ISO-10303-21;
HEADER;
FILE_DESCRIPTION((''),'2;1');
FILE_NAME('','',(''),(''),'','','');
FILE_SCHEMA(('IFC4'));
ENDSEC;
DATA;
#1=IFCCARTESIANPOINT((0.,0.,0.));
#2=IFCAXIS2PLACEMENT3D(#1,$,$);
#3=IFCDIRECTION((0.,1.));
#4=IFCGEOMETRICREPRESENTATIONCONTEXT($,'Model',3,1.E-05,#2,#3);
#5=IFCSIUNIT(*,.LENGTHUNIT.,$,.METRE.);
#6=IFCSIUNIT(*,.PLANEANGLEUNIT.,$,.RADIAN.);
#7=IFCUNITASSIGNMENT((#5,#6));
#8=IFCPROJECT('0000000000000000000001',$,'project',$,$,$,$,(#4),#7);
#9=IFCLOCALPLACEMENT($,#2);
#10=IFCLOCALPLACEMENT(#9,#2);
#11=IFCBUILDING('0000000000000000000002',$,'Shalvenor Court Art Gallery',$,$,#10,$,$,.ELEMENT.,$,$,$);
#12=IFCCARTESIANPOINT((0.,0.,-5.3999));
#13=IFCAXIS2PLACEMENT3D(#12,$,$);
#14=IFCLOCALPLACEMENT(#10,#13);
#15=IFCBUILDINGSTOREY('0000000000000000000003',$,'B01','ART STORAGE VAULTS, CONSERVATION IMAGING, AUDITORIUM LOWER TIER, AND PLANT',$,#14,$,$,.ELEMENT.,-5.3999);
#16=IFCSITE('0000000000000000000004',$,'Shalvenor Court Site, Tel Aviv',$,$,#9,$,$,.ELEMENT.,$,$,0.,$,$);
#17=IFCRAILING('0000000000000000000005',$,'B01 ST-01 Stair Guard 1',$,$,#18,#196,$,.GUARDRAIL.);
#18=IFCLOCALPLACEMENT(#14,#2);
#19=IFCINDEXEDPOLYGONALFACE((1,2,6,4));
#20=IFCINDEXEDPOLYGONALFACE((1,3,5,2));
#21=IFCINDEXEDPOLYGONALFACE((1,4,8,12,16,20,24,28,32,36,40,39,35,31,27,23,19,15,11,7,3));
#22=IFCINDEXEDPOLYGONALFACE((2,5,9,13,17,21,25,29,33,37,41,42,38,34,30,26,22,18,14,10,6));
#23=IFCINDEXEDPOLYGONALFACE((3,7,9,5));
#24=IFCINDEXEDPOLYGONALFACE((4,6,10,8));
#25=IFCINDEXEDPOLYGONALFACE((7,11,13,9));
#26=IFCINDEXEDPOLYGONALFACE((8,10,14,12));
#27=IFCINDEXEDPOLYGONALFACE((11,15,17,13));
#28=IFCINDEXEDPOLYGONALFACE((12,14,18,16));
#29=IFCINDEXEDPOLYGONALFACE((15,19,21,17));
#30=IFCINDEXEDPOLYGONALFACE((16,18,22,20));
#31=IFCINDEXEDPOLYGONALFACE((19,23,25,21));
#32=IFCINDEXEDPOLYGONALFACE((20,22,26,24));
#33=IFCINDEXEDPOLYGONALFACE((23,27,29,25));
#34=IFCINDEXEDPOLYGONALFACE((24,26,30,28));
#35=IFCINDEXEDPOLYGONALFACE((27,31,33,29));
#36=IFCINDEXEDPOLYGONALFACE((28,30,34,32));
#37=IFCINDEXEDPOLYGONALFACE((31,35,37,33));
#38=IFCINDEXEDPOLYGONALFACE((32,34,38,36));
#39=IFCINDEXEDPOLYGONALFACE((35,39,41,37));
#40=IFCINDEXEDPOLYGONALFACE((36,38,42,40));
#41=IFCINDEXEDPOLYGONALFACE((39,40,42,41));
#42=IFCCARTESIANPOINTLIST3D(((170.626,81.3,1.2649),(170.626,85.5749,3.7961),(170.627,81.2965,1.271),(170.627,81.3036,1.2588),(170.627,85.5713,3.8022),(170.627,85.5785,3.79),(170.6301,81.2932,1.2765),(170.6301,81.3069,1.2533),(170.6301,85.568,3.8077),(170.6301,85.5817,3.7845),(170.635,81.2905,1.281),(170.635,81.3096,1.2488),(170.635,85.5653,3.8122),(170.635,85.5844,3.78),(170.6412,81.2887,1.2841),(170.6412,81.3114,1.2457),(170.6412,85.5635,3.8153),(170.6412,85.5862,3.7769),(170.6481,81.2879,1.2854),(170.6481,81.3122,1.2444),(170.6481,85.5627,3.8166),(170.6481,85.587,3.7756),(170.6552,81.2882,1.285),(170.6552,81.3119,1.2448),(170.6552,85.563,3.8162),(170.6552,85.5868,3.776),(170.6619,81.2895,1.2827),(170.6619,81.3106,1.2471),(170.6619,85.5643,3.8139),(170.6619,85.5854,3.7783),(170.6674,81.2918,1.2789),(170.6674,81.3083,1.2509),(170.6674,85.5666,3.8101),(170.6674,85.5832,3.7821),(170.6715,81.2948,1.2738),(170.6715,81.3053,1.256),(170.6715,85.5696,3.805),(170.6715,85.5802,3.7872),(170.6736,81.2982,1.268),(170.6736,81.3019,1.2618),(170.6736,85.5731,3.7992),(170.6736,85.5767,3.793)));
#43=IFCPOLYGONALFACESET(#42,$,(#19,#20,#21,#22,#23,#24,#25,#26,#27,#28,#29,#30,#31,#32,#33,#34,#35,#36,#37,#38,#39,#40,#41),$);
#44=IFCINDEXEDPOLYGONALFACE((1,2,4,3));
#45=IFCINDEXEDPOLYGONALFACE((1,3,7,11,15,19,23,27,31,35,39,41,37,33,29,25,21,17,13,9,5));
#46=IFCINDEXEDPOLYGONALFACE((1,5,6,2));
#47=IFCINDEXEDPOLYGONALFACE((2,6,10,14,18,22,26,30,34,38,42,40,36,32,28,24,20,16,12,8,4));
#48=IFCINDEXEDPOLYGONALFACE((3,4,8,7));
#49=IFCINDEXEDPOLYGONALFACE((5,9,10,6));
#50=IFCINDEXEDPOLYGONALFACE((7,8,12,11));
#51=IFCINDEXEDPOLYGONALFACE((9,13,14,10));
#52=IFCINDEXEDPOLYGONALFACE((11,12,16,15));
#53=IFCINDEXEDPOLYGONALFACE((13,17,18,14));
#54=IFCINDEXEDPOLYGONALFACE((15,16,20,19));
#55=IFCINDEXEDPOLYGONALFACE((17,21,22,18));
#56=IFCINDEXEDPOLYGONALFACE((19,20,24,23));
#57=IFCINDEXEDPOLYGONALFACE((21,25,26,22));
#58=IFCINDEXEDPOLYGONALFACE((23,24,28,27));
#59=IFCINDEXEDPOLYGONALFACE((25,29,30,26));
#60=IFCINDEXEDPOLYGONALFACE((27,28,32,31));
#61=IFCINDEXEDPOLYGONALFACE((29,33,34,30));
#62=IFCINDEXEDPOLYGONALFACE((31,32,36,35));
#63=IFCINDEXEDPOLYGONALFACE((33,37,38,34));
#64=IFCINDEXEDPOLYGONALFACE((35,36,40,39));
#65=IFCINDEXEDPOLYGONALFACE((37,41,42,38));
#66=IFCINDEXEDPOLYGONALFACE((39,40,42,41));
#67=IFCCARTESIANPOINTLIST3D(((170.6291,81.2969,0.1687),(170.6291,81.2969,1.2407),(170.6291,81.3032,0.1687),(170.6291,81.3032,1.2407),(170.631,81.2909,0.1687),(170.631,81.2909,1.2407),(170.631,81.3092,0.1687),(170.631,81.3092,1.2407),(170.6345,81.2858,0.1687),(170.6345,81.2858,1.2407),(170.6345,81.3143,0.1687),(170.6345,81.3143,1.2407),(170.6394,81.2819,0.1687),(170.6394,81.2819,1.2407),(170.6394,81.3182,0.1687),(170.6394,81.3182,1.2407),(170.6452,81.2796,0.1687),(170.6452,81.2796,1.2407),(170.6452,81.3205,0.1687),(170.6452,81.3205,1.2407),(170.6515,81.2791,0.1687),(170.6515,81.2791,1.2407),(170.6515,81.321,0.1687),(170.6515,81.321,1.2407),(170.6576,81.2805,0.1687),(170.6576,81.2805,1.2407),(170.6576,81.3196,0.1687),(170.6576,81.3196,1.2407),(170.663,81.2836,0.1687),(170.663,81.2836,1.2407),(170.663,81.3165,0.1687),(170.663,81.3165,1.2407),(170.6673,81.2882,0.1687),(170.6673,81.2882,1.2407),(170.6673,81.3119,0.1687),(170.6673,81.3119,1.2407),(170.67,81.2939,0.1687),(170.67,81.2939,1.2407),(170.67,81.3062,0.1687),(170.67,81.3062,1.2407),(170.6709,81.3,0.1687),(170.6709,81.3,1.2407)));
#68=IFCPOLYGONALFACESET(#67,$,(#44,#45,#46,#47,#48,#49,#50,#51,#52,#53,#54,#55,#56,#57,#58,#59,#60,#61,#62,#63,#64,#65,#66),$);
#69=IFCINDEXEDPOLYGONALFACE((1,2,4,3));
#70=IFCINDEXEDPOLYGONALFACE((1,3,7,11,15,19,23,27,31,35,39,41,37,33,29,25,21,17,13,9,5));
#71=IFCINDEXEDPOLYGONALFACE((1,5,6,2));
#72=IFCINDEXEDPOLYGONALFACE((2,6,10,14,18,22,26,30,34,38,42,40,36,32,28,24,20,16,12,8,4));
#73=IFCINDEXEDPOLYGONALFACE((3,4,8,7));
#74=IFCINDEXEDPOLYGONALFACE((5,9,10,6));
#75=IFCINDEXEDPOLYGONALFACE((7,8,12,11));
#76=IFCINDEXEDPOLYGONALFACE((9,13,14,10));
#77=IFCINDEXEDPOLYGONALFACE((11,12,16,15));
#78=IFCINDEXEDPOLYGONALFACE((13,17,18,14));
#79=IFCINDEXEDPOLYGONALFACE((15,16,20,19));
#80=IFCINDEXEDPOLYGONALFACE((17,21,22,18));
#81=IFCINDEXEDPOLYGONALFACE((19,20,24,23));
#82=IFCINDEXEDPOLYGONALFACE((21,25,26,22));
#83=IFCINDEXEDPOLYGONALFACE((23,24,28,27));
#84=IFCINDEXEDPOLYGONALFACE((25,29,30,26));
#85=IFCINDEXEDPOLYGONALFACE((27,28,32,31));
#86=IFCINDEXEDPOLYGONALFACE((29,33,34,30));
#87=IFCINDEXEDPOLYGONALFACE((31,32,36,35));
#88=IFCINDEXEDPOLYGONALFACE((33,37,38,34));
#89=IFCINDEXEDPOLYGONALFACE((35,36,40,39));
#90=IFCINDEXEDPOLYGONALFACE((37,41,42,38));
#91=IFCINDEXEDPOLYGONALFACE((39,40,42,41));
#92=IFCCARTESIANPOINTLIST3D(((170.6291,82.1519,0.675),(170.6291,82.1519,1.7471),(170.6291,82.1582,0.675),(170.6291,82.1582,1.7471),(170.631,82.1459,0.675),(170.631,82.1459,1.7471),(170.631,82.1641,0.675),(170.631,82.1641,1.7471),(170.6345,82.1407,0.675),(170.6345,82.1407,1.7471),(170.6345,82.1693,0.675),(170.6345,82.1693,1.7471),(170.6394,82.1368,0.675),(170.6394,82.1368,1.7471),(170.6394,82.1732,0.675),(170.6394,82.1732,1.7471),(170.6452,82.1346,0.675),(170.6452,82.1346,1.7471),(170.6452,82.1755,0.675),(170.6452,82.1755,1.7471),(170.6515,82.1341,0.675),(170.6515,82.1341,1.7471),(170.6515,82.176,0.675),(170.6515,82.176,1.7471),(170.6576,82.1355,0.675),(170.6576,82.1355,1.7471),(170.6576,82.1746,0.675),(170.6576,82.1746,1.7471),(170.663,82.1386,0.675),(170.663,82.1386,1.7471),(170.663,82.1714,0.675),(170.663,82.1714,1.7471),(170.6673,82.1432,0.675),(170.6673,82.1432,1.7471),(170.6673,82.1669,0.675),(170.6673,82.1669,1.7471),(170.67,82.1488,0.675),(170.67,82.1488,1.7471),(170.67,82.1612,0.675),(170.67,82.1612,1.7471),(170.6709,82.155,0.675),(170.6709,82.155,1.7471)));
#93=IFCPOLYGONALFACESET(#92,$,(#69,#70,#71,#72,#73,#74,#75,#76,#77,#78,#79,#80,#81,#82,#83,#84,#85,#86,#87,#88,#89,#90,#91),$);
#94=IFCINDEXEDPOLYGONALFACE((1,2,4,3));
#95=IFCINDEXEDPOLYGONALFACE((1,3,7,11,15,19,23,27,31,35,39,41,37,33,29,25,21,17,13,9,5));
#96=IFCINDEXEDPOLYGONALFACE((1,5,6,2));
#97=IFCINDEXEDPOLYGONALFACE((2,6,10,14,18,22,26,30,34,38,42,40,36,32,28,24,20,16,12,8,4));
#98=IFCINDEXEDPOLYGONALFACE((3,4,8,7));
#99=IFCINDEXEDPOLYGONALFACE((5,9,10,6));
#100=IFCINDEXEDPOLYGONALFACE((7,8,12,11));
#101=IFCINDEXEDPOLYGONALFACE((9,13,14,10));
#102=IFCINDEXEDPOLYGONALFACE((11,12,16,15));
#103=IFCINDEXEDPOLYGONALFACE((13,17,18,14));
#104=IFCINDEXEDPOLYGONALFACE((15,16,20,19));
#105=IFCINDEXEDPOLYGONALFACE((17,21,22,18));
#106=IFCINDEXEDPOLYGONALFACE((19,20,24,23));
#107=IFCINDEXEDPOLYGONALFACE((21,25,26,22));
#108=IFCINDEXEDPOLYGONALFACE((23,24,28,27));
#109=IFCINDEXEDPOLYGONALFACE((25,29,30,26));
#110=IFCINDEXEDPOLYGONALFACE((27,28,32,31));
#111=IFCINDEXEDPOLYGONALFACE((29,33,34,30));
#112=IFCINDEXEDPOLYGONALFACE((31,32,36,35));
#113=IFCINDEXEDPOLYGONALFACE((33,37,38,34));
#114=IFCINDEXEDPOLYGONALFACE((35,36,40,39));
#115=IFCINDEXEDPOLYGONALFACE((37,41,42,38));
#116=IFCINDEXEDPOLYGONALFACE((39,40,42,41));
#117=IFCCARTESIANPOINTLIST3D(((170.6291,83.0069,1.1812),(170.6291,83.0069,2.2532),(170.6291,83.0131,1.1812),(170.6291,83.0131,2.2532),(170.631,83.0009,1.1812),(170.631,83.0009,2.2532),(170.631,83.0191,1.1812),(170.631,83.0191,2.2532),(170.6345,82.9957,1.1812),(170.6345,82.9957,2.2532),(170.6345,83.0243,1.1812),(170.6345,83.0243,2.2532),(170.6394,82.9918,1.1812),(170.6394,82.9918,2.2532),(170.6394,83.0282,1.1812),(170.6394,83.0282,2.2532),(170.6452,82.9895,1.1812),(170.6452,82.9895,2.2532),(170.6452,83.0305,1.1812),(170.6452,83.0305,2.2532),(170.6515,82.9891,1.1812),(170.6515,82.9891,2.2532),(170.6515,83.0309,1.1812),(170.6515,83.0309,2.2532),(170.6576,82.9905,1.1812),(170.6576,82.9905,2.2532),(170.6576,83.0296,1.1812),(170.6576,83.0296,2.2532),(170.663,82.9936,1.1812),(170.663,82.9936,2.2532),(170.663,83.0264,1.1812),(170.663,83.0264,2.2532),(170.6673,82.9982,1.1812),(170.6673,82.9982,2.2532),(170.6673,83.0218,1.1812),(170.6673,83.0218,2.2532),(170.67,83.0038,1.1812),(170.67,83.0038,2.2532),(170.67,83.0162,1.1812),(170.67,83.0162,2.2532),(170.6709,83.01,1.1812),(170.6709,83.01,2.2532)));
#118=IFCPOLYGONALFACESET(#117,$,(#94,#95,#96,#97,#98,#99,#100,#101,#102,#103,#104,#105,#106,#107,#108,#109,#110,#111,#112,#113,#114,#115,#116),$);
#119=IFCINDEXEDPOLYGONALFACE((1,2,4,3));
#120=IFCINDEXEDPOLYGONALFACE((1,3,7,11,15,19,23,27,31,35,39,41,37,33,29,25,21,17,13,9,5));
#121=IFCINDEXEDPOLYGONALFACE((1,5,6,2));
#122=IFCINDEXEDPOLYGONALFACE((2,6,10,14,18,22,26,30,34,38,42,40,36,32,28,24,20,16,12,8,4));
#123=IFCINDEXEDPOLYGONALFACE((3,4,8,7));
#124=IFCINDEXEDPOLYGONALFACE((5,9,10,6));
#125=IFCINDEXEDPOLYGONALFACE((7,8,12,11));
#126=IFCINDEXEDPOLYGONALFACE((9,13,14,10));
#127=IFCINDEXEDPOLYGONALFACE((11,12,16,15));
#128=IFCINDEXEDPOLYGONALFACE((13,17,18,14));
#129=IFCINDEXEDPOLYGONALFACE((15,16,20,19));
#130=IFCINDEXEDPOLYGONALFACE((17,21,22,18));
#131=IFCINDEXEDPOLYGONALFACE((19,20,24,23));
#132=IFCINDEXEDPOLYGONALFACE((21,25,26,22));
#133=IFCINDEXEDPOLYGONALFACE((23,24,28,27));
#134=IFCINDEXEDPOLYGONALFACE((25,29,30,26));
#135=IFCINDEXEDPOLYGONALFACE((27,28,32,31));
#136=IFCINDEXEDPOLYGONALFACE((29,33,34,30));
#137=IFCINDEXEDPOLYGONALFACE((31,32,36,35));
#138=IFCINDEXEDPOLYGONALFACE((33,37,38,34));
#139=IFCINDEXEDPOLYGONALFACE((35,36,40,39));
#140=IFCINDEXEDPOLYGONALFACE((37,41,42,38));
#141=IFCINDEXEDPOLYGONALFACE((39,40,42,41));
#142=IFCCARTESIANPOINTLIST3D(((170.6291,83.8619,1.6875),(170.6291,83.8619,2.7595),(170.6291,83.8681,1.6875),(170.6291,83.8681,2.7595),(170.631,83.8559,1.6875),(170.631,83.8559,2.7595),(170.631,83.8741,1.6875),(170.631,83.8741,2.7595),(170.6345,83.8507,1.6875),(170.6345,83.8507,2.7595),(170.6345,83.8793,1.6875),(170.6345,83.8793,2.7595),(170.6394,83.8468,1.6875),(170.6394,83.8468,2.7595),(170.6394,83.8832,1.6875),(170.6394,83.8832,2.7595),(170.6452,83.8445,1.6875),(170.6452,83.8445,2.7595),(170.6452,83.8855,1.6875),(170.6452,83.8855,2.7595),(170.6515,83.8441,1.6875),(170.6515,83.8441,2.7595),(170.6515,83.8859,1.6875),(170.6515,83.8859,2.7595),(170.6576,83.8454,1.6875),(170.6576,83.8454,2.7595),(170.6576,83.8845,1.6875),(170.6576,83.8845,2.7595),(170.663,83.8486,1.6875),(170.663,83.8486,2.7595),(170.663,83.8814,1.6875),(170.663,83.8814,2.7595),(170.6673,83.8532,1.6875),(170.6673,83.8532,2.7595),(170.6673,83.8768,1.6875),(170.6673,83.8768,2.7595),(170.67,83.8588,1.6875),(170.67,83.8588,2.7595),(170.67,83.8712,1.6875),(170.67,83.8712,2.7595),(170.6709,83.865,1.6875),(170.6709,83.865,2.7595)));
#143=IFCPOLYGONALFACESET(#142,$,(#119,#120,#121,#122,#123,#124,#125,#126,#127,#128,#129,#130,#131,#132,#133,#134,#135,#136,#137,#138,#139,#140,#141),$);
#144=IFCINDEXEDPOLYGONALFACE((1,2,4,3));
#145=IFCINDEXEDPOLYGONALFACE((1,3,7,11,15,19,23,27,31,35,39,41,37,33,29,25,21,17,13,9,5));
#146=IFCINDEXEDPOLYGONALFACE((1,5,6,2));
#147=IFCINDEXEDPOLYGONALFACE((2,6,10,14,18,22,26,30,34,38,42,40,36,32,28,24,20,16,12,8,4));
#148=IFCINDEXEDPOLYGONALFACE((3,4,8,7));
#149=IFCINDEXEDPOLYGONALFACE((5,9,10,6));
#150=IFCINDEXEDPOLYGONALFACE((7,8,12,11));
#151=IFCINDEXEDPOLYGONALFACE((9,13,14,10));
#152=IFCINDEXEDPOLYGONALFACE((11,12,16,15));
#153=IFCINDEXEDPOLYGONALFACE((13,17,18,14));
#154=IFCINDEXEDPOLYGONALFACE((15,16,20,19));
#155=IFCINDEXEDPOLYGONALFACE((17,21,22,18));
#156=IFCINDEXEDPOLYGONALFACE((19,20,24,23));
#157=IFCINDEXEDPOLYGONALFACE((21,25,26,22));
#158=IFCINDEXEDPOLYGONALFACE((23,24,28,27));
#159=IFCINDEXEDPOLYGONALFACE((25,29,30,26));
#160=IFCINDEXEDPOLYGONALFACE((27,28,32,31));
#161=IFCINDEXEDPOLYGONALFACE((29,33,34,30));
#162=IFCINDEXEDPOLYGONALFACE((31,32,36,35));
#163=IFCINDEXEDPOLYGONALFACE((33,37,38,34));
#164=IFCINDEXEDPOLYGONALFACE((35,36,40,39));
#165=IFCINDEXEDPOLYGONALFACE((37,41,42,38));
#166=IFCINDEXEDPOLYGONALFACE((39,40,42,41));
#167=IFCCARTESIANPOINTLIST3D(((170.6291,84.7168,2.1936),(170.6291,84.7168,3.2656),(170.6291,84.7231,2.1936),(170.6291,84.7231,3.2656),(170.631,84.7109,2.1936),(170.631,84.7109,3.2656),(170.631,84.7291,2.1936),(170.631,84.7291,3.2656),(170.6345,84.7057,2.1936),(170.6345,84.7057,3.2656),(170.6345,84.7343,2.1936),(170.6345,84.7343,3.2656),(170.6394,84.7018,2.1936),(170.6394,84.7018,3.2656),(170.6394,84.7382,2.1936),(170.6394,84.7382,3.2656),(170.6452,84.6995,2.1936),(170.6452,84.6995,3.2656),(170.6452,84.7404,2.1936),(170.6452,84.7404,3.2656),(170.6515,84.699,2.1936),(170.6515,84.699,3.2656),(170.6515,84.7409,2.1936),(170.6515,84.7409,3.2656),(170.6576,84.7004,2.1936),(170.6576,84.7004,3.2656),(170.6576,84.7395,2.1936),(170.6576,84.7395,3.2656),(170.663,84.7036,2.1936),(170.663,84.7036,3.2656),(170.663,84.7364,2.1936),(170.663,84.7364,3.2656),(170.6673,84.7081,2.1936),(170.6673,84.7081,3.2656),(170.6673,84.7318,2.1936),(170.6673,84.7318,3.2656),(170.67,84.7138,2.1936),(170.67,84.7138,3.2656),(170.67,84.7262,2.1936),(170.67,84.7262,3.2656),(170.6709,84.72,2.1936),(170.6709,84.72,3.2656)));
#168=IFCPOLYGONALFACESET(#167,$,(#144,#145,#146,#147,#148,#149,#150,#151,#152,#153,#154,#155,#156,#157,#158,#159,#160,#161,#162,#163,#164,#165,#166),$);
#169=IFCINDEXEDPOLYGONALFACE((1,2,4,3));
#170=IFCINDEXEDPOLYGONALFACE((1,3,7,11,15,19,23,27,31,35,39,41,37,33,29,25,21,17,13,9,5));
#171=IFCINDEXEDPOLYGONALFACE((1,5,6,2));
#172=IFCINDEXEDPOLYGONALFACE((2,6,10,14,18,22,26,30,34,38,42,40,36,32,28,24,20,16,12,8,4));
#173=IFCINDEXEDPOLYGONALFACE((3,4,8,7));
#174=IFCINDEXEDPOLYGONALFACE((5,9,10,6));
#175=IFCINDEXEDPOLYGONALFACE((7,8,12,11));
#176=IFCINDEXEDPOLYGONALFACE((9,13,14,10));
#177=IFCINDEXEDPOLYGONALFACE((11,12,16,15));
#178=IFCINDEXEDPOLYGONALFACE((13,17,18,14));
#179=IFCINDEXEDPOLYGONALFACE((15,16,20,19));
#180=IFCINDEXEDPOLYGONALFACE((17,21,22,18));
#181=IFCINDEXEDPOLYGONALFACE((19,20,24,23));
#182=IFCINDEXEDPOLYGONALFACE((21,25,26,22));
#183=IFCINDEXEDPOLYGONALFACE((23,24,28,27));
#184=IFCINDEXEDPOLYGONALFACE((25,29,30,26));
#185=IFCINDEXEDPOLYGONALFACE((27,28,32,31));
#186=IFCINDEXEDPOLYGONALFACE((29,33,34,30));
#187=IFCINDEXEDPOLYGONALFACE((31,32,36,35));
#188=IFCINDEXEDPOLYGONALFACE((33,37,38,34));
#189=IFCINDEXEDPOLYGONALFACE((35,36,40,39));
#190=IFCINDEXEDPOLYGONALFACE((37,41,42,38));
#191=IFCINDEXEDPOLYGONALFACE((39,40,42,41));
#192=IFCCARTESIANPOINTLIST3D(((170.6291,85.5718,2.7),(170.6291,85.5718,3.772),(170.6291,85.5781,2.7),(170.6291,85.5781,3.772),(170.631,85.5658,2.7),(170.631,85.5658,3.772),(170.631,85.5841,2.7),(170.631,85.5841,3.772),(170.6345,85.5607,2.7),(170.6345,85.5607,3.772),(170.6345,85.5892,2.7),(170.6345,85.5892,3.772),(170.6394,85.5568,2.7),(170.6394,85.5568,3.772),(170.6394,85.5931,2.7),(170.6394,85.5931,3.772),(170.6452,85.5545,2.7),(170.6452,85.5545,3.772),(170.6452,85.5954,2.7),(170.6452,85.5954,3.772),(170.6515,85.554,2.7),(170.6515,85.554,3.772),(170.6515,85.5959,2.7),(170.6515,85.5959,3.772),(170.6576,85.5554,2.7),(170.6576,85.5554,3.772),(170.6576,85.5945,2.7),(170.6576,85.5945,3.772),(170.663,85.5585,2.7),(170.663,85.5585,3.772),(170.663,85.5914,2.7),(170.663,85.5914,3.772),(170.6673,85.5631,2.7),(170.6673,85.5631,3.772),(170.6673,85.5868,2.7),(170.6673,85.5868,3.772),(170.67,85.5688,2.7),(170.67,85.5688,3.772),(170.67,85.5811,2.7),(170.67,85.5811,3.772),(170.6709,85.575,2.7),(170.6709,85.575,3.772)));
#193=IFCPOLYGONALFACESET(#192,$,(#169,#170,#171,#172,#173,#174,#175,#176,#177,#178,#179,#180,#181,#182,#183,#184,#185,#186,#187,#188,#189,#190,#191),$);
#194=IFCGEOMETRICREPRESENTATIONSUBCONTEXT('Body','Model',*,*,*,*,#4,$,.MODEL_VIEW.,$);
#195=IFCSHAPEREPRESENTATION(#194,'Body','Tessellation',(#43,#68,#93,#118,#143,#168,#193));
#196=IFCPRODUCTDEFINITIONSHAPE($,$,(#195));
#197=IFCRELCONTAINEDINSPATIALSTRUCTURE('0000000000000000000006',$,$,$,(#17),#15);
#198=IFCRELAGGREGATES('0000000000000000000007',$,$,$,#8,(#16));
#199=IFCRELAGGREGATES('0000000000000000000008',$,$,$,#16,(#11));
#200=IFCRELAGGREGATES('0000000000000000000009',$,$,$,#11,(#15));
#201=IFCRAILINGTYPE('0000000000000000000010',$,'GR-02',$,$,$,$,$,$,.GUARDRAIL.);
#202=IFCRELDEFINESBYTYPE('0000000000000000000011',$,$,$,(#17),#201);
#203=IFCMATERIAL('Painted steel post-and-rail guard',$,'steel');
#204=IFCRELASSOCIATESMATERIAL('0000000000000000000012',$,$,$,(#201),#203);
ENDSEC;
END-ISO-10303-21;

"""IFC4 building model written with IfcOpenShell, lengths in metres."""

from ifc_helpers import new_model, si_unit, direction, frame, origin, origin_2d, place, context, subcontext, project, spatial, circle, extrude, material, type_object, element, save


model = new_model("IFC4")

# Units and contexts
model_context = context("Model", 3, precision=1e-05, world=origin(), true_north=direction((0.0, 1.0)))
body_context = subcontext(model_context, "Body", "Model", "MODEL_VIEW")
ifc_project = project(units=[si_unit("LENGTHUNIT", "METRE"), si_unit("PLANEANGLEUNIT", "RADIAN")], contexts=[model_context])

# Site, building, storey
site_placement = place(None, origin())
site = spatial("IfcSite", under=ifc_project, at=site_placement, Name="Shalvenor Court Site, Tel Aviv", CompositionType="ELEMENT", RefElevation=0.0)
building_placement = place(site_placement, origin())
building = spatial("IfcBuilding", under=site, at=building_placement, Name="Shalvenor Court Art Gallery", CompositionType="ELEMENT")
storey_placement = place(building_placement, frame((0.0, 0.0, -5.3999)))
storey = spatial("IfcBuildingStorey", under=building, at=storey_placement, Name="B01", Description="ART STORAGE VAULTS, CONSERVATION IMAGING, AUDITORIUM LOWER TIER, AND PLANT", CompositionType="ELEMENT", Elevation=-5.3999)

# Railing
ifc_material_1 = material(Name="Painted steel post-and-rail guard", Category="steel")
railing_type = type_object("IfcRailingType", Name="GR-02", PredefinedType="GUARDRAIL", material=ifc_material_1)
railing_1_placement = place(storey_placement, frame((170.6499, 81.3, 0.1687)))
element("IfcRailing", 1, at=railing_1_placement, inside=storey, type_object=railing_type, Name="B01 ST-01 Stair Guard 1", PredefinedType="GUARDRAIL", context=body_context, shape_type="SweptSolid", body=[
    extrude(circle(Radius=0.0239, at=origin_2d()), frame((0.0, 0.0, 1.0962), z_axis=(0.0, 0.86047, 0.509501), x_axis=(-1.0, 0.0, 0.0)), (0.0, 0.0, 1.0), 4.968),
    extrude(circle(Radius=0.021, at=origin_2d()), origin(), (0.0, 0.0, 1.0), 1.072),
    extrude(circle(Radius=0.021, at=origin_2d()), frame((0.0, 0.855, 0.5063)), (0.0, 0.0, 1.0), 1.072),
    extrude(circle(Radius=0.021, at=origin_2d()), frame((0.0, 1.71, 1.0125)), (0.0, 0.0, 1.0), 1.072),
    extrude(circle(Radius=0.021, at=origin_2d()), frame((0.0, 2.5649, 1.5188)), (0.0, 0.0, 1.0), 1.072),
    extrude(circle(Radius=0.021, at=origin_2d()), frame((0.0, 3.4199, 2.0249)), (0.0, 0.0, 1.0), 1.072),
    extrude(circle(Radius=0.021, at=origin_2d()), frame((0.0, 4.2749, 2.5312)), (0.0, 0.0, 1.0), 1.072),
])

save(model, "model.ifc")
